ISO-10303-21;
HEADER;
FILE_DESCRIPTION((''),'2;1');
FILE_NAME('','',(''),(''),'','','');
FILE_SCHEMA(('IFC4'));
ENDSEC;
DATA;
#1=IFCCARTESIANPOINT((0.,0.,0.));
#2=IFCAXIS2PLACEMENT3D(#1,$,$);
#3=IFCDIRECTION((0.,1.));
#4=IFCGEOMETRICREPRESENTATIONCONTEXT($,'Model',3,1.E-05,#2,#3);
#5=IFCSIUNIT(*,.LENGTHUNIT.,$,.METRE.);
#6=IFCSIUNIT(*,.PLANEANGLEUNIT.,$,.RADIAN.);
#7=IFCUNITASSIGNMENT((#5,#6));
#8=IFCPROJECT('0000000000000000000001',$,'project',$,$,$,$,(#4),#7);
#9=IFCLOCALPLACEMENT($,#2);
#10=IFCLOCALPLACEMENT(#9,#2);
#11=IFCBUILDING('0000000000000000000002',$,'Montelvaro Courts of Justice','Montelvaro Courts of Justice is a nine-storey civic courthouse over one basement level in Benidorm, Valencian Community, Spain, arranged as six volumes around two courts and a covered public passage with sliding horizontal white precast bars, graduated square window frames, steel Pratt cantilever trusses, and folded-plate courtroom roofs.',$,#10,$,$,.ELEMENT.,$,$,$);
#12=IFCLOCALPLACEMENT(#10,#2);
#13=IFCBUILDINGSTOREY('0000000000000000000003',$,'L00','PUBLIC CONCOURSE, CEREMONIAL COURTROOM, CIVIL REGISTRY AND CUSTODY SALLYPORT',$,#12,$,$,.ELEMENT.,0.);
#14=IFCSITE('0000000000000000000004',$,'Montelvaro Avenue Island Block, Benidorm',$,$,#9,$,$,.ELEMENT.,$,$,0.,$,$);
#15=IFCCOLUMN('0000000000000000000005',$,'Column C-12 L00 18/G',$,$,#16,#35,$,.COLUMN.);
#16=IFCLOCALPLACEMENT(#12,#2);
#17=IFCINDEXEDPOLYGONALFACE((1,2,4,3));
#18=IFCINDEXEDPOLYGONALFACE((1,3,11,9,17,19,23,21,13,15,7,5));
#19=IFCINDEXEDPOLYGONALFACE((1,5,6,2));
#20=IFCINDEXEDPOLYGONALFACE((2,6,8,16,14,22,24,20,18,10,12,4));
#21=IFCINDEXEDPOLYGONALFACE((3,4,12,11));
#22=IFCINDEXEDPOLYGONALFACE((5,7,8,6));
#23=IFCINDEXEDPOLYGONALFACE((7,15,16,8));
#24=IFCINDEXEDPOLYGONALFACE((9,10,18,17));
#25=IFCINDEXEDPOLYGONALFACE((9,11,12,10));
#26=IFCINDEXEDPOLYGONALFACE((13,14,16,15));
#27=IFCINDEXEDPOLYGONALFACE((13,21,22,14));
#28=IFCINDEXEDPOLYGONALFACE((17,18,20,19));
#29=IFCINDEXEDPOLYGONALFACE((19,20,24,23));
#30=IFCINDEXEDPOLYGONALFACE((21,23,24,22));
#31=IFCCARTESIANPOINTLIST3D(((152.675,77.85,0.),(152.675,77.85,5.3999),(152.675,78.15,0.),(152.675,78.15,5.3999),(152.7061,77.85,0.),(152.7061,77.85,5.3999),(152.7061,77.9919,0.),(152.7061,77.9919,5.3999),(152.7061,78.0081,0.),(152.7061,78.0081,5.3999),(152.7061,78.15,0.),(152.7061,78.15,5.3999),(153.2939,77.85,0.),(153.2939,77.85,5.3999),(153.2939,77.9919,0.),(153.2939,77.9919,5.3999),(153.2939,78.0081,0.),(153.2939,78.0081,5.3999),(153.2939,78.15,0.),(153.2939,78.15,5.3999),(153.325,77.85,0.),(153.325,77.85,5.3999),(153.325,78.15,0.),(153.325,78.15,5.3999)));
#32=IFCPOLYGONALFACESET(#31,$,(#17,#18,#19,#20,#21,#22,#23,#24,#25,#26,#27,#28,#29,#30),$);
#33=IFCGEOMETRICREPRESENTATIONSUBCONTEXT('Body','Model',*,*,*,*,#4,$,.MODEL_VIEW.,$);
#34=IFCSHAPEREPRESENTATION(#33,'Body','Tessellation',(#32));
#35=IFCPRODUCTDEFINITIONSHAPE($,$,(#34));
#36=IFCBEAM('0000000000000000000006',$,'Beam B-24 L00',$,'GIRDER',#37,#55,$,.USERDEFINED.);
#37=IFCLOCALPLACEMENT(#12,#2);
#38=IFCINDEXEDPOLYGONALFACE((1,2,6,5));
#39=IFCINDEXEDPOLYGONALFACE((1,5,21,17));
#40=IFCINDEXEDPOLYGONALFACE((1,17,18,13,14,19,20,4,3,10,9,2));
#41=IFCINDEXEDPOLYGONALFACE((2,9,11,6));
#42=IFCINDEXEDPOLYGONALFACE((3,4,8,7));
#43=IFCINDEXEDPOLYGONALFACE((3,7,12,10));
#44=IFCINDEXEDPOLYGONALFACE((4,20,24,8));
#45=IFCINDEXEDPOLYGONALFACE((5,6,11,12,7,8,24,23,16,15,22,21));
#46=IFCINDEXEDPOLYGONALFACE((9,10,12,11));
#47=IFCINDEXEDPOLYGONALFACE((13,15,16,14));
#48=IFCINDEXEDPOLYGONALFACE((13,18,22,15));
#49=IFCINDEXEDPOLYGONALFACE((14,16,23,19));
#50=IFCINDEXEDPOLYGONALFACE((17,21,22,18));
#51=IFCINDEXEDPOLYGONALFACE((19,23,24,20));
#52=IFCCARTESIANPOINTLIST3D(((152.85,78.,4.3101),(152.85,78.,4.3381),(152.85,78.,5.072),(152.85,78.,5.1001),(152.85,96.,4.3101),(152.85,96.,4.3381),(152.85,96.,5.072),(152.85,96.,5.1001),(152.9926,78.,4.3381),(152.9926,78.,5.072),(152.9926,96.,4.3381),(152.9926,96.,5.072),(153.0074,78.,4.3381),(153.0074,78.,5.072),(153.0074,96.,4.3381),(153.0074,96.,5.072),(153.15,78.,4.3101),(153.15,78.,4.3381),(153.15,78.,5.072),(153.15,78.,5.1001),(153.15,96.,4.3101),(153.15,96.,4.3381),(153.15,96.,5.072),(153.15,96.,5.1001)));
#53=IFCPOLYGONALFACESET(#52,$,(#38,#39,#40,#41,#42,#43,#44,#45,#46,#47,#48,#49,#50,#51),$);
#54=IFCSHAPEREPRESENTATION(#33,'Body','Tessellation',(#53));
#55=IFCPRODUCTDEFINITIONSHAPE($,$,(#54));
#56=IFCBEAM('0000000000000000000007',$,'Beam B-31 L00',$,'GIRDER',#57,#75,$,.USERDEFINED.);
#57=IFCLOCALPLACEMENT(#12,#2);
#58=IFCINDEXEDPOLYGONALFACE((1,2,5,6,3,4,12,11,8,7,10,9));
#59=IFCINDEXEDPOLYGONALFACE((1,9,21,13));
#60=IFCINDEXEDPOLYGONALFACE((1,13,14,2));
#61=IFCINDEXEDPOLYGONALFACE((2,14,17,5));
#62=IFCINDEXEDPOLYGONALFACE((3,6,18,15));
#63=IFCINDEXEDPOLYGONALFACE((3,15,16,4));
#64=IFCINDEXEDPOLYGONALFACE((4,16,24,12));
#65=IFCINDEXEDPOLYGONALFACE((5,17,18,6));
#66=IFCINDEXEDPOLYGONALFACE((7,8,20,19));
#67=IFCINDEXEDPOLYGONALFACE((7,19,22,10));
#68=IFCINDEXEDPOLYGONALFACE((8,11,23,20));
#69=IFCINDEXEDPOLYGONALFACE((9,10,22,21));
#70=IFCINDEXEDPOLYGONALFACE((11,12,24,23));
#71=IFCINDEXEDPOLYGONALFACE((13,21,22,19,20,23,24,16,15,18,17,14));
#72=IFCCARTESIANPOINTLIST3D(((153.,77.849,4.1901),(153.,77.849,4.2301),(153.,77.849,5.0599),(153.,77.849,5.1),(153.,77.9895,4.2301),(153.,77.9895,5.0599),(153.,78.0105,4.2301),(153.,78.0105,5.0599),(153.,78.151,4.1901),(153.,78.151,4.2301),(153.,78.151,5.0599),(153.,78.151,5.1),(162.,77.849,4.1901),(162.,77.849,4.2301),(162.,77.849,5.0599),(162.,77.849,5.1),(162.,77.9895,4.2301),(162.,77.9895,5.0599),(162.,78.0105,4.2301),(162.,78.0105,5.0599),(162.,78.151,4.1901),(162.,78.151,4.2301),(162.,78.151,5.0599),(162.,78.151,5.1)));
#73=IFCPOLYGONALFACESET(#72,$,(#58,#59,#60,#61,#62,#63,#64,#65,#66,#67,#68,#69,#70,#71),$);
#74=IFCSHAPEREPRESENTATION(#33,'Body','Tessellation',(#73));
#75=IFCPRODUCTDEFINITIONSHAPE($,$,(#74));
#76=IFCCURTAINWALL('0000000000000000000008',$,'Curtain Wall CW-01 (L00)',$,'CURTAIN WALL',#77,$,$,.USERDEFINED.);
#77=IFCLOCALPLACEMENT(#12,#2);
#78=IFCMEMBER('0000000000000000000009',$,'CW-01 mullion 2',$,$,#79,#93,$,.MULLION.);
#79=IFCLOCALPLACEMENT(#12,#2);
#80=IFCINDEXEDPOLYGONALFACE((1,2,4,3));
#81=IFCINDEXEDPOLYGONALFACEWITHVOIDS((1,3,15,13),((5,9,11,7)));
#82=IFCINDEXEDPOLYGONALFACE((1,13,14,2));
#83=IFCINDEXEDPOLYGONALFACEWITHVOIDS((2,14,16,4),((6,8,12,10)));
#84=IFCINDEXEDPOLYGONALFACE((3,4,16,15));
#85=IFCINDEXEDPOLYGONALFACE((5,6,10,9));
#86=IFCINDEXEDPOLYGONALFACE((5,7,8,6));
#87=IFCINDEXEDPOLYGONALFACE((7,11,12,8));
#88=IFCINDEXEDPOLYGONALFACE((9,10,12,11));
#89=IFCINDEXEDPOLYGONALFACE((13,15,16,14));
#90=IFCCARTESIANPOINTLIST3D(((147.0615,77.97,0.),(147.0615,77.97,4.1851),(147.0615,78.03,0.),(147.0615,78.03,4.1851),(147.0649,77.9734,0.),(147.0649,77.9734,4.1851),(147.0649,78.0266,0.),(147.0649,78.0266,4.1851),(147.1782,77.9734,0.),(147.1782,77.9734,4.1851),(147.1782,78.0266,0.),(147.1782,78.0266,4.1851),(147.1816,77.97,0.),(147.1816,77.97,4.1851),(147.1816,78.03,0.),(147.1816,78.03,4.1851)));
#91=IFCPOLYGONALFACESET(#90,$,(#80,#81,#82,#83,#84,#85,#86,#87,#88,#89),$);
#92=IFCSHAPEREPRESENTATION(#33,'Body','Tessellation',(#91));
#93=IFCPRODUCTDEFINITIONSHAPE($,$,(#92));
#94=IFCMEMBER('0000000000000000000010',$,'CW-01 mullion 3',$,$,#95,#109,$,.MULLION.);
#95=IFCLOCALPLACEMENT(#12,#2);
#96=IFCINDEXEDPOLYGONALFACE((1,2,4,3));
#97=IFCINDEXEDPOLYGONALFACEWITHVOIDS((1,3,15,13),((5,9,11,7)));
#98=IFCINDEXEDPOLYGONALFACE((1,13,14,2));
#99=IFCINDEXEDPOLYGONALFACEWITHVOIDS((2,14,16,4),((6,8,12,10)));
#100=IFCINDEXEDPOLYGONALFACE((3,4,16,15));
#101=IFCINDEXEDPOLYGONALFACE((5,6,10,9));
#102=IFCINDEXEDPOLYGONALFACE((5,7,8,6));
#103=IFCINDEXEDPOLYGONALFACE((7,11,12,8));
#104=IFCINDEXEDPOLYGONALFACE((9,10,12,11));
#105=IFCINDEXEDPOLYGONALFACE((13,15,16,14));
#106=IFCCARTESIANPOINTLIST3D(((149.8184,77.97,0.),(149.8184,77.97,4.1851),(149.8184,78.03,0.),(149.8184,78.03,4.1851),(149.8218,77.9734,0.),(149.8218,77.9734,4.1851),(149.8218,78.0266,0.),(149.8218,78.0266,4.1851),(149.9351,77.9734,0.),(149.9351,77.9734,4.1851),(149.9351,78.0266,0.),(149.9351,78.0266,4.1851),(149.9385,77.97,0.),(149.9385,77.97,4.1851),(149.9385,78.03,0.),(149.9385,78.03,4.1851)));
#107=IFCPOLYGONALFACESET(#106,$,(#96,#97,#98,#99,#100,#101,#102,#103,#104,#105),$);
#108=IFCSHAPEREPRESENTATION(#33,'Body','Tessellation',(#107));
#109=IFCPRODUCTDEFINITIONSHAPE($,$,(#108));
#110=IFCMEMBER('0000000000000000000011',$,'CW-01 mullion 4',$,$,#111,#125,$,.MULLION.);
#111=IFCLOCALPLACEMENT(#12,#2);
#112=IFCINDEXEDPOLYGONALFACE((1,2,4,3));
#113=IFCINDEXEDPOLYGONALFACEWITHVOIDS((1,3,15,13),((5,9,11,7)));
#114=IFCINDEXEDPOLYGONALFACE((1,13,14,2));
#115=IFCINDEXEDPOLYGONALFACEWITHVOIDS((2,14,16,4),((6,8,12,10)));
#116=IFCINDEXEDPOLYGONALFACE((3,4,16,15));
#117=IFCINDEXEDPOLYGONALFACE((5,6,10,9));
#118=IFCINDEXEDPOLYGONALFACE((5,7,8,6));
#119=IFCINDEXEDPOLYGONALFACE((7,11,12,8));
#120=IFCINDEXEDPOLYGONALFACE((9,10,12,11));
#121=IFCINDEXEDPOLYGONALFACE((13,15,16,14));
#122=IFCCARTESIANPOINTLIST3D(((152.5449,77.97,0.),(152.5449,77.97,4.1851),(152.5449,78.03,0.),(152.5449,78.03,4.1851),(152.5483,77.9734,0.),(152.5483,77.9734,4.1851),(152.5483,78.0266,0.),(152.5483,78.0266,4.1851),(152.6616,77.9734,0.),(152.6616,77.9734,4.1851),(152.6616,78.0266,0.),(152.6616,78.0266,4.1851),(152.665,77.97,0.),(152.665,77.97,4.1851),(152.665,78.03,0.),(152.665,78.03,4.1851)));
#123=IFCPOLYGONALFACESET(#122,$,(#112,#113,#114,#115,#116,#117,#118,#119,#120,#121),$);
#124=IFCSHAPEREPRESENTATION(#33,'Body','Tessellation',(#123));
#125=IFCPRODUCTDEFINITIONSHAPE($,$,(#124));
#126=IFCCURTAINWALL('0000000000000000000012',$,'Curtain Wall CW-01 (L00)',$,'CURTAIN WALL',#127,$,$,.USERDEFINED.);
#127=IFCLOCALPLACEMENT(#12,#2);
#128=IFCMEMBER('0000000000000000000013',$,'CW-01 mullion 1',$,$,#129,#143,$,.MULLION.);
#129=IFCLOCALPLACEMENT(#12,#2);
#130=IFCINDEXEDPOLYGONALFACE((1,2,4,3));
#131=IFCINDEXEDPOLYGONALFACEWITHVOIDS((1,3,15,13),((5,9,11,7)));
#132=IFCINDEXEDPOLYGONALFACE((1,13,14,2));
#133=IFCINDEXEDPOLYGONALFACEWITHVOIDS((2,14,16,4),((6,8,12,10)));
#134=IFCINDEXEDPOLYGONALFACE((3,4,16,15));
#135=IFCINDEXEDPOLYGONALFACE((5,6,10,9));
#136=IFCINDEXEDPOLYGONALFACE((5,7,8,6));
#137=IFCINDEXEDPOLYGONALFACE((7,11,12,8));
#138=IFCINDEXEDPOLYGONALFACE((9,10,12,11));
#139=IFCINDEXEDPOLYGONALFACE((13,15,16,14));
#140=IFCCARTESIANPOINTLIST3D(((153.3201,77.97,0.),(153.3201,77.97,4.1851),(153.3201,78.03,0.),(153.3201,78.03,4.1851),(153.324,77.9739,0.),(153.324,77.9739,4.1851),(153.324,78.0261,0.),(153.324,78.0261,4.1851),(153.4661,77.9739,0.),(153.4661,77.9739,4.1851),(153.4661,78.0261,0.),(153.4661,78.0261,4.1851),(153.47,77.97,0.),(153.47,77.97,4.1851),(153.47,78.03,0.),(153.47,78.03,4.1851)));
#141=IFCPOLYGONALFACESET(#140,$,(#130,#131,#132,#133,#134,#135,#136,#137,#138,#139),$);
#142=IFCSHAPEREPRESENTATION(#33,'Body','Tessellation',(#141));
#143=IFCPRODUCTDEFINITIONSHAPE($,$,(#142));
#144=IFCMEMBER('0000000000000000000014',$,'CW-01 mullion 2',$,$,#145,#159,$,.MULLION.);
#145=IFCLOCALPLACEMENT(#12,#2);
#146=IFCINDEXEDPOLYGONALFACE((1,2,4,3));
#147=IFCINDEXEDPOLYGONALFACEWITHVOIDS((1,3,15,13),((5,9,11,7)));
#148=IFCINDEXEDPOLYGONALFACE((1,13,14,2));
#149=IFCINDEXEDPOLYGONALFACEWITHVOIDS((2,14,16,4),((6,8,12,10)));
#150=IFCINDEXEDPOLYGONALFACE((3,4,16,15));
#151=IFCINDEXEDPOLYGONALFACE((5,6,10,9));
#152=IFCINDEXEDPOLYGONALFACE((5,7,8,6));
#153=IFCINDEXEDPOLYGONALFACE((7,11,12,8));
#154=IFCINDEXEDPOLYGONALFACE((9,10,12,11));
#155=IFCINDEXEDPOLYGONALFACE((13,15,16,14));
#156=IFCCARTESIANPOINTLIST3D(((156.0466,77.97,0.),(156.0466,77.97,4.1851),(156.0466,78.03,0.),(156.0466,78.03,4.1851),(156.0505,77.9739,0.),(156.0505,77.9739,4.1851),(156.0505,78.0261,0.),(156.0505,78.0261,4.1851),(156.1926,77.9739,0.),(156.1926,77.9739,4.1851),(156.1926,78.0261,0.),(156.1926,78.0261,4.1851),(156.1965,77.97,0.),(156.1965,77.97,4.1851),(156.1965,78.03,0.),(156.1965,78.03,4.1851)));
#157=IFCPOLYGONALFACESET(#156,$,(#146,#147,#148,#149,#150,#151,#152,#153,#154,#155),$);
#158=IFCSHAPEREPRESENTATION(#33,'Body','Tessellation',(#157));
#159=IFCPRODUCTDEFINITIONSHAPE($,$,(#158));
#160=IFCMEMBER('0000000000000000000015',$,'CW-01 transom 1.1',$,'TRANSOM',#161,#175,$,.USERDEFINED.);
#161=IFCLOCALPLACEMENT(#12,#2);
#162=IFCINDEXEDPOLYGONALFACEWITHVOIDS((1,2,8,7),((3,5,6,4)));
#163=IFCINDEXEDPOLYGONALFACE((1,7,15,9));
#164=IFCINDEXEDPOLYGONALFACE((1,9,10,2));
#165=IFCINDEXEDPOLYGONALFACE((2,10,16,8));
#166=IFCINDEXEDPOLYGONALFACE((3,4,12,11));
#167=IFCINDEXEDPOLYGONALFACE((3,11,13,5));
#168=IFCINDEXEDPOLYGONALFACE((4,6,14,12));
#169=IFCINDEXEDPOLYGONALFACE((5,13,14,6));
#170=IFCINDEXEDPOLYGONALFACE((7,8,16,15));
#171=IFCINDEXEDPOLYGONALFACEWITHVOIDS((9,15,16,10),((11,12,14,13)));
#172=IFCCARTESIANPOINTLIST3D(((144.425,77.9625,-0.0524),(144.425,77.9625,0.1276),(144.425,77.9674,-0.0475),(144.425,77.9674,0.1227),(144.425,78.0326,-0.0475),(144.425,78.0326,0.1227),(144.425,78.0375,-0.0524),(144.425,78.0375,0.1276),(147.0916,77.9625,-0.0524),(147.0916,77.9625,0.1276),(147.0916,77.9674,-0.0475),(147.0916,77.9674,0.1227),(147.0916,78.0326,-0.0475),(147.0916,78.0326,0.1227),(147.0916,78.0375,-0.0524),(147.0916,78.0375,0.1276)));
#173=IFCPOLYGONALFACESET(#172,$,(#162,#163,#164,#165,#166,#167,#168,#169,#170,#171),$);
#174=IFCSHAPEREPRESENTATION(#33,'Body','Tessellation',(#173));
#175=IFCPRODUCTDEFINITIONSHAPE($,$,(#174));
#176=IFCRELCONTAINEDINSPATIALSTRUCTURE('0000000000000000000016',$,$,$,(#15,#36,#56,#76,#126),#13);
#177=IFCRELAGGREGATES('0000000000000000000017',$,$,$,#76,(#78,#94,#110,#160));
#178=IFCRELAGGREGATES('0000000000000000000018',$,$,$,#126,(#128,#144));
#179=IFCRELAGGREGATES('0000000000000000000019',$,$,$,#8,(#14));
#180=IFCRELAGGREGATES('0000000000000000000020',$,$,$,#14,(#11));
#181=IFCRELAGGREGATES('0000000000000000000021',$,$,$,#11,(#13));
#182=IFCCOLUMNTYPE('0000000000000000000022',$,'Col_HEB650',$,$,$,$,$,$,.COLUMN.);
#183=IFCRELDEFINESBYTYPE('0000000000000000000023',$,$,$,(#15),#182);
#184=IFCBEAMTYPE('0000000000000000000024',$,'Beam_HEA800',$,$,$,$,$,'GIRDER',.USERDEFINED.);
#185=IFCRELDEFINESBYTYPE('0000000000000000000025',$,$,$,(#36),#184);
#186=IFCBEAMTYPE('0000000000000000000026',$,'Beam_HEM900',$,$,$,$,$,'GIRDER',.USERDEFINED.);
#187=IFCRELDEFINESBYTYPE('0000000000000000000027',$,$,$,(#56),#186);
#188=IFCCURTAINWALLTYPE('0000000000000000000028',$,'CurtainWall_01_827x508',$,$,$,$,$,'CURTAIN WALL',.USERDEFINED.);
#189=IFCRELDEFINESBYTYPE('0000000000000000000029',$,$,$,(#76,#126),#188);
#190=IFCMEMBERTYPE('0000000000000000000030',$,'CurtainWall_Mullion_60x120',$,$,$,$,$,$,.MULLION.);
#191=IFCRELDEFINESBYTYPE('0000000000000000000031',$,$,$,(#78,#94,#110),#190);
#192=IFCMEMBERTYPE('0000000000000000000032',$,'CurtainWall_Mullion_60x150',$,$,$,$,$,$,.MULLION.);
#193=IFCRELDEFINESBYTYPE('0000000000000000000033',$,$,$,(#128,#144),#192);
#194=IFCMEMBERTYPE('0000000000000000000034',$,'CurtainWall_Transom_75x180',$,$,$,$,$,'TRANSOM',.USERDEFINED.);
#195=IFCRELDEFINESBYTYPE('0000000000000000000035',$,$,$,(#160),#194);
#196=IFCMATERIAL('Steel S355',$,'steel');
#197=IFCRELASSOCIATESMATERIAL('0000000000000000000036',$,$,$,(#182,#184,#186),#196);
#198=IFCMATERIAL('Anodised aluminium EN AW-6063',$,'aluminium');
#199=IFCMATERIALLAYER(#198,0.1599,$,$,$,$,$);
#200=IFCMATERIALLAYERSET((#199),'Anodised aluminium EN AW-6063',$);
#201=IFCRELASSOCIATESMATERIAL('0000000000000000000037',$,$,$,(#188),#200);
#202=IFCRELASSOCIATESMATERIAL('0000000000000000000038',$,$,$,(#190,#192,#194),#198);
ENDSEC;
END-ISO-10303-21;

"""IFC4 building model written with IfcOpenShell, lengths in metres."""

from ifc_helpers import new_model, si_unit, direction, frame, origin, origin_2d, place, context, subcontext, project, spatial, hollow_rectangle, i_section, extrude, material, layer, layer_set, material_profile, profile_set, type_object, element, aggregate, save


model = new_model("IFC4")

# Units and contexts
model_context = context("Model", 3, precision=1e-05, world=origin(), true_north=direction((0.0, 1.0)))
body_context = subcontext(model_context, "Body", "Model", "MODEL_VIEW")
ifc_project = project(units=[si_unit("LENGTHUNIT", "METRE"), si_unit("PLANEANGLEUNIT", "RADIAN")], contexts=[model_context])

# Site, building, storey
site_placement = place(None, origin())
site = spatial("IfcSite", under=ifc_project, at=site_placement, Name="Montelvaro Avenue Island Block, Benidorm", CompositionType="ELEMENT", RefElevation=0.0)
building_placement = place(site_placement, origin())
building = spatial("IfcBuilding", under=site, at=building_placement, Name="Montelvaro Courts of Justice", Description="Montelvaro Courts of Justice is a nine-storey civic courthouse over one basement level in Benidorm, Valencian Community, Spain, arranged as six volumes around two courts and a covered public passage with sliding horizontal white precast bars, graduated square window frames, steel Pratt cantilever trusses, and folded-plate courtroom roofs.", CompositionType="ELEMENT")
storey_placement = place(building_placement, origin())
storey = spatial("IfcBuildingStorey", under=building, at=storey_placement, Name="L00", Description="PUBLIC CONCOURSE, CEREMONIAL COURTROOM, CIVIL REGISTRY AND CUSTODY SALLYPORT", CompositionType="ELEMENT", Elevation=0.0)

# Column
ifc_material_1 = material(Name="Steel S355", Category="steel")
ifc_material_profile_1 = material_profile(ifc_material_1, i_section(OverallWidth=0.3, OverallDepth=0.6499, WebThickness=0.0161, FlangeThickness=0.031, at=origin_2d()), Name="HEB 650")
ifc_profile_set_1 = profile_set([ifc_material_profile_1], Name="Steel S355")
column_type = type_object("IfcColumnType", Name="Col_HEB650", PredefinedType="COLUMN", material=ifc_profile_set_1)
column_placement = place(storey_placement, frame((153.0, 78.0, 0.0), z_axis=(0.0, 0.0, 1.0), x_axis=(0.0, 1.0, 0.0)))
element("IfcColumn", 1, at=column_placement, inside=storey, type_object=column_type, Name="Column C-12 L00 18/G", PredefinedType="COLUMN", context=body_context, shape_type="SweptSolid", body=[
    extrude(i_section(OverallWidth=0.3, OverallDepth=0.6499, WebThickness=0.0161, FlangeThickness=0.031, at=origin_2d()), origin(), (0.0, 0.0, 1.0), 5.3999),
])

# Beams
ifc_material_profile_2 = material_profile(ifc_material_1, i_section(OverallWidth=0.3, OverallDepth=0.79, WebThickness=0.0149, FlangeThickness=0.0281, at=origin_2d()), Name="HEA 800")
ifc_profile_set_2 = profile_set([ifc_material_profile_2], Name="Steel S355")
beam_type_1 = type_object("IfcBeamType", Name="Beam_HEA800", ElementType="GIRDER", PredefinedType="USERDEFINED", material=ifc_profile_set_2)
beam_1_placement = place(storey_placement, frame((153.0, 78.0, 4.7051), z_axis=(0.0, 1.0, 0.0), x_axis=(-1.0, 0.0, 0.0)))
element("IfcBeam", 2, at=beam_1_placement, inside=storey, type_object=beam_type_1, Name="Beam B-24 L00", ObjectType="GIRDER", PredefinedType="USERDEFINED", context=body_context, shape_type="SweptSolid", body=[
    extrude(i_section(OverallWidth=0.3, OverallDepth=0.79, WebThickness=0.0149, FlangeThickness=0.0281, at=origin_2d()), origin(), (0.0, 0.0, 1.0), 18.0),
])
ifc_material_profile_3 = material_profile(ifc_material_1, i_section(OverallWidth=0.302, OverallDepth=0.9099, WebThickness=0.021, FlangeThickness=0.04, at=origin_2d()), Name="HEM 900")
ifc_profile_set_3 = profile_set([ifc_material_profile_3], Name="Steel S355")
beam_type_2 = type_object("IfcBeamType", Name="Beam_HEM900", ElementType="GIRDER", PredefinedType="USERDEFINED", material=ifc_profile_set_3)
beam_2_placement = place(storey_placement, frame((153.0, 78.0, 4.645), z_axis=(1.0, 0.0, 0.0), x_axis=(0.0, 1.0, 0.0)))
element("IfcBeam", 3, at=beam_2_placement, inside=storey, type_object=beam_type_2, Name="Beam B-31 L00", ObjectType="GIRDER", PredefinedType="USERDEFINED", context=body_context, shape_type="SweptSolid", body=[
    extrude(i_section(OverallWidth=0.302, OverallDepth=0.9099, WebThickness=0.021, FlangeThickness=0.04, at=origin_2d()), origin(), (0.0, 0.0, 1.0), 9.0),
])

# Curtain walls, members
ifc_material_2 = material(Name="Anodised aluminium EN AW-6063", Category="aluminium")
ifc_layer_1 = layer(ifc_material_2, 0.1599)
ifc_layer_set_1 = layer_set([ifc_layer_1], Name="Anodised aluminium EN AW-6063")
curtain_wall_type = type_object("IfcCurtainWallType", Name="CurtainWall_01_827x508", ElementType="CURTAIN WALL", PredefinedType="USERDEFINED", material=ifc_layer_set_1)
curtain_wall_1_placement = place(storey_placement, origin())
curtain_wall_1 = element("IfcCurtainWall", 4, at=curtain_wall_1_placement, inside=storey, type_object=curtain_wall_type, Name="Curtain Wall CW-01 (L00)", ObjectType="CURTAIN WALL", PredefinedType="USERDEFINED")
ifc_material_profile_4 = material_profile(ifc_material_2, hollow_rectangle(XDim=0.0601, YDim=0.1201, WallThickness=0.0034, at=origin_2d()), Name="ALU-M 60x120")
ifc_profile_set_4 = profile_set([ifc_material_profile_4], Name="Anodised aluminium EN AW-6063")
member_type_1 = type_object("IfcMemberType", Name="CurtainWall_Mullion_60x120", PredefinedType="MULLION", material=ifc_profile_set_4)
member_1_placement = place(storey_placement, frame((147.1216, 78.0, 0.0), z_axis=(0.0, 0.0, 1.0), x_axis=(0.0, 1.0, 0.0)))
member_1 = element("IfcMember", 5, at=member_1_placement, type_object=member_type_1, Name="CW-01 mullion 2", PredefinedType="MULLION", context=body_context, shape_type="SweptSolid", body=[
    extrude(hollow_rectangle(XDim=0.0601, YDim=0.1201, WallThickness=0.0034, at=origin_2d()), origin(), (0.0, 0.0, 1.0), 4.1851),
])
member_2_placement = place(storey_placement, frame((149.8784, 78.0, 0.0), z_axis=(0.0, 0.0, 1.0), x_axis=(0.0, 1.0, 0.0)))
member_2 = element("IfcMember", 6, at=member_2_placement, type_object=member_type_1, Name="CW-01 mullion 3", PredefinedType="MULLION", context=body_context, shape_type="SweptSolid", body=[
    extrude(hollow_rectangle(XDim=0.0601, YDim=0.1201, WallThickness=0.0034, at=origin_2d()), origin(), (0.0, 0.0, 1.0), 4.1851),
])
member_3_placement = place(storey_placement, frame((152.605, 78.0, 0.0), z_axis=(0.0, 0.0, 1.0), x_axis=(0.0, 1.0, 0.0)))
member_3 = element("IfcMember", 7, at=member_3_placement, type_object=member_type_1, Name="CW-01 mullion 4", PredefinedType="MULLION", context=body_context, shape_type="SweptSolid", body=[
    extrude(hollow_rectangle(XDim=0.0601, YDim=0.1201, WallThickness=0.0034, at=origin_2d()), origin(), (0.0, 0.0, 1.0), 4.1851),
])
curtain_wall_2_placement = place(storey_placement, origin())
curtain_wall_2 = element("IfcCurtainWall", 8, at=curtain_wall_2_placement, inside=storey, type_object=curtain_wall_type, Name="Curtain Wall CW-01 (L00)", ObjectType="CURTAIN WALL", PredefinedType="USERDEFINED")
ifc_material_profile_5 = material_profile(ifc_material_2, hollow_rectangle(XDim=0.0601, YDim=0.1499, WallThickness=0.0039, at=origin_2d()), Name="ALU-M 60x150")
ifc_profile_set_5 = profile_set([ifc_material_profile_5], Name="Anodised aluminium EN AW-6063")
member_type_2 = type_object("IfcMemberType", Name="CurtainWall_Mullion_60x150", PredefinedType="MULLION", material=ifc_profile_set_5)
member_4_placement = place(storey_placement, frame((153.395, 78.0, 0.0), z_axis=(0.0, 0.0, 1.0), x_axis=(0.0, 1.0, 0.0)))
member_4 = element("IfcMember", 9, at=member_4_placement, type_object=member_type_2, Name="CW-01 mullion 1", PredefinedType="MULLION", context=body_context, shape_type="SweptSolid", body=[
    extrude(hollow_rectangle(XDim=0.0601, YDim=0.1499, WallThickness=0.0039, at=origin_2d()), origin(), (0.0, 0.0, 1.0), 4.1851),
])
member_5_placement = place(storey_placement, frame((156.1216, 78.0, 0.0), z_axis=(0.0, 0.0, 1.0), x_axis=(0.0, 1.0, 0.0)))
member_5 = element("IfcMember", 10, at=member_5_placement, type_object=member_type_2, Name="CW-01 mullion 2", PredefinedType="MULLION", context=body_context, shape_type="SweptSolid", body=[
    extrude(hollow_rectangle(XDim=0.0601, YDim=0.1499, WallThickness=0.0039, at=origin_2d()), origin(), (0.0, 0.0, 1.0), 4.1851),
])

# Member
ifc_material_profile_6 = material_profile(ifc_material_2, hollow_rectangle(XDim=0.075, YDim=0.1799, WallThickness=0.0049, at=origin_2d()), Name="ALU-T 75x180")
ifc_profile_set_6 = profile_set([ifc_material_profile_6], Name="Anodised aluminium EN AW-6063")
member_type_3 = type_object("IfcMemberType", Name="CurtainWall_Transom_75x180", ElementType="TRANSOM", PredefinedType="USERDEFINED", material=ifc_profile_set_6)
member_6_placement = place(storey_placement, frame((144.425, 78.0, 0.0376), z_axis=(1.0, 0.0, 0.0), x_axis=(0.0, 1.0, 0.0)))
member_6 = element("IfcMember", 11, at=member_6_placement, type_object=member_type_3, Name="CW-01 transom 1.1", ObjectType="TRANSOM", PredefinedType="USERDEFINED", context=body_context, shape_type="SweptSolid", body=[
    extrude(hollow_rectangle(XDim=0.075, YDim=0.1799, WallThickness=0.0049, at=origin_2d()), origin(), (0.0, 0.0, 1.0), 2.6665),
])

aggregate(curtain_wall_1, [member_1, member_2, member_3, member_6])
aggregate(curtain_wall_2, [member_4, member_5])

save(model, "model.ifc")
